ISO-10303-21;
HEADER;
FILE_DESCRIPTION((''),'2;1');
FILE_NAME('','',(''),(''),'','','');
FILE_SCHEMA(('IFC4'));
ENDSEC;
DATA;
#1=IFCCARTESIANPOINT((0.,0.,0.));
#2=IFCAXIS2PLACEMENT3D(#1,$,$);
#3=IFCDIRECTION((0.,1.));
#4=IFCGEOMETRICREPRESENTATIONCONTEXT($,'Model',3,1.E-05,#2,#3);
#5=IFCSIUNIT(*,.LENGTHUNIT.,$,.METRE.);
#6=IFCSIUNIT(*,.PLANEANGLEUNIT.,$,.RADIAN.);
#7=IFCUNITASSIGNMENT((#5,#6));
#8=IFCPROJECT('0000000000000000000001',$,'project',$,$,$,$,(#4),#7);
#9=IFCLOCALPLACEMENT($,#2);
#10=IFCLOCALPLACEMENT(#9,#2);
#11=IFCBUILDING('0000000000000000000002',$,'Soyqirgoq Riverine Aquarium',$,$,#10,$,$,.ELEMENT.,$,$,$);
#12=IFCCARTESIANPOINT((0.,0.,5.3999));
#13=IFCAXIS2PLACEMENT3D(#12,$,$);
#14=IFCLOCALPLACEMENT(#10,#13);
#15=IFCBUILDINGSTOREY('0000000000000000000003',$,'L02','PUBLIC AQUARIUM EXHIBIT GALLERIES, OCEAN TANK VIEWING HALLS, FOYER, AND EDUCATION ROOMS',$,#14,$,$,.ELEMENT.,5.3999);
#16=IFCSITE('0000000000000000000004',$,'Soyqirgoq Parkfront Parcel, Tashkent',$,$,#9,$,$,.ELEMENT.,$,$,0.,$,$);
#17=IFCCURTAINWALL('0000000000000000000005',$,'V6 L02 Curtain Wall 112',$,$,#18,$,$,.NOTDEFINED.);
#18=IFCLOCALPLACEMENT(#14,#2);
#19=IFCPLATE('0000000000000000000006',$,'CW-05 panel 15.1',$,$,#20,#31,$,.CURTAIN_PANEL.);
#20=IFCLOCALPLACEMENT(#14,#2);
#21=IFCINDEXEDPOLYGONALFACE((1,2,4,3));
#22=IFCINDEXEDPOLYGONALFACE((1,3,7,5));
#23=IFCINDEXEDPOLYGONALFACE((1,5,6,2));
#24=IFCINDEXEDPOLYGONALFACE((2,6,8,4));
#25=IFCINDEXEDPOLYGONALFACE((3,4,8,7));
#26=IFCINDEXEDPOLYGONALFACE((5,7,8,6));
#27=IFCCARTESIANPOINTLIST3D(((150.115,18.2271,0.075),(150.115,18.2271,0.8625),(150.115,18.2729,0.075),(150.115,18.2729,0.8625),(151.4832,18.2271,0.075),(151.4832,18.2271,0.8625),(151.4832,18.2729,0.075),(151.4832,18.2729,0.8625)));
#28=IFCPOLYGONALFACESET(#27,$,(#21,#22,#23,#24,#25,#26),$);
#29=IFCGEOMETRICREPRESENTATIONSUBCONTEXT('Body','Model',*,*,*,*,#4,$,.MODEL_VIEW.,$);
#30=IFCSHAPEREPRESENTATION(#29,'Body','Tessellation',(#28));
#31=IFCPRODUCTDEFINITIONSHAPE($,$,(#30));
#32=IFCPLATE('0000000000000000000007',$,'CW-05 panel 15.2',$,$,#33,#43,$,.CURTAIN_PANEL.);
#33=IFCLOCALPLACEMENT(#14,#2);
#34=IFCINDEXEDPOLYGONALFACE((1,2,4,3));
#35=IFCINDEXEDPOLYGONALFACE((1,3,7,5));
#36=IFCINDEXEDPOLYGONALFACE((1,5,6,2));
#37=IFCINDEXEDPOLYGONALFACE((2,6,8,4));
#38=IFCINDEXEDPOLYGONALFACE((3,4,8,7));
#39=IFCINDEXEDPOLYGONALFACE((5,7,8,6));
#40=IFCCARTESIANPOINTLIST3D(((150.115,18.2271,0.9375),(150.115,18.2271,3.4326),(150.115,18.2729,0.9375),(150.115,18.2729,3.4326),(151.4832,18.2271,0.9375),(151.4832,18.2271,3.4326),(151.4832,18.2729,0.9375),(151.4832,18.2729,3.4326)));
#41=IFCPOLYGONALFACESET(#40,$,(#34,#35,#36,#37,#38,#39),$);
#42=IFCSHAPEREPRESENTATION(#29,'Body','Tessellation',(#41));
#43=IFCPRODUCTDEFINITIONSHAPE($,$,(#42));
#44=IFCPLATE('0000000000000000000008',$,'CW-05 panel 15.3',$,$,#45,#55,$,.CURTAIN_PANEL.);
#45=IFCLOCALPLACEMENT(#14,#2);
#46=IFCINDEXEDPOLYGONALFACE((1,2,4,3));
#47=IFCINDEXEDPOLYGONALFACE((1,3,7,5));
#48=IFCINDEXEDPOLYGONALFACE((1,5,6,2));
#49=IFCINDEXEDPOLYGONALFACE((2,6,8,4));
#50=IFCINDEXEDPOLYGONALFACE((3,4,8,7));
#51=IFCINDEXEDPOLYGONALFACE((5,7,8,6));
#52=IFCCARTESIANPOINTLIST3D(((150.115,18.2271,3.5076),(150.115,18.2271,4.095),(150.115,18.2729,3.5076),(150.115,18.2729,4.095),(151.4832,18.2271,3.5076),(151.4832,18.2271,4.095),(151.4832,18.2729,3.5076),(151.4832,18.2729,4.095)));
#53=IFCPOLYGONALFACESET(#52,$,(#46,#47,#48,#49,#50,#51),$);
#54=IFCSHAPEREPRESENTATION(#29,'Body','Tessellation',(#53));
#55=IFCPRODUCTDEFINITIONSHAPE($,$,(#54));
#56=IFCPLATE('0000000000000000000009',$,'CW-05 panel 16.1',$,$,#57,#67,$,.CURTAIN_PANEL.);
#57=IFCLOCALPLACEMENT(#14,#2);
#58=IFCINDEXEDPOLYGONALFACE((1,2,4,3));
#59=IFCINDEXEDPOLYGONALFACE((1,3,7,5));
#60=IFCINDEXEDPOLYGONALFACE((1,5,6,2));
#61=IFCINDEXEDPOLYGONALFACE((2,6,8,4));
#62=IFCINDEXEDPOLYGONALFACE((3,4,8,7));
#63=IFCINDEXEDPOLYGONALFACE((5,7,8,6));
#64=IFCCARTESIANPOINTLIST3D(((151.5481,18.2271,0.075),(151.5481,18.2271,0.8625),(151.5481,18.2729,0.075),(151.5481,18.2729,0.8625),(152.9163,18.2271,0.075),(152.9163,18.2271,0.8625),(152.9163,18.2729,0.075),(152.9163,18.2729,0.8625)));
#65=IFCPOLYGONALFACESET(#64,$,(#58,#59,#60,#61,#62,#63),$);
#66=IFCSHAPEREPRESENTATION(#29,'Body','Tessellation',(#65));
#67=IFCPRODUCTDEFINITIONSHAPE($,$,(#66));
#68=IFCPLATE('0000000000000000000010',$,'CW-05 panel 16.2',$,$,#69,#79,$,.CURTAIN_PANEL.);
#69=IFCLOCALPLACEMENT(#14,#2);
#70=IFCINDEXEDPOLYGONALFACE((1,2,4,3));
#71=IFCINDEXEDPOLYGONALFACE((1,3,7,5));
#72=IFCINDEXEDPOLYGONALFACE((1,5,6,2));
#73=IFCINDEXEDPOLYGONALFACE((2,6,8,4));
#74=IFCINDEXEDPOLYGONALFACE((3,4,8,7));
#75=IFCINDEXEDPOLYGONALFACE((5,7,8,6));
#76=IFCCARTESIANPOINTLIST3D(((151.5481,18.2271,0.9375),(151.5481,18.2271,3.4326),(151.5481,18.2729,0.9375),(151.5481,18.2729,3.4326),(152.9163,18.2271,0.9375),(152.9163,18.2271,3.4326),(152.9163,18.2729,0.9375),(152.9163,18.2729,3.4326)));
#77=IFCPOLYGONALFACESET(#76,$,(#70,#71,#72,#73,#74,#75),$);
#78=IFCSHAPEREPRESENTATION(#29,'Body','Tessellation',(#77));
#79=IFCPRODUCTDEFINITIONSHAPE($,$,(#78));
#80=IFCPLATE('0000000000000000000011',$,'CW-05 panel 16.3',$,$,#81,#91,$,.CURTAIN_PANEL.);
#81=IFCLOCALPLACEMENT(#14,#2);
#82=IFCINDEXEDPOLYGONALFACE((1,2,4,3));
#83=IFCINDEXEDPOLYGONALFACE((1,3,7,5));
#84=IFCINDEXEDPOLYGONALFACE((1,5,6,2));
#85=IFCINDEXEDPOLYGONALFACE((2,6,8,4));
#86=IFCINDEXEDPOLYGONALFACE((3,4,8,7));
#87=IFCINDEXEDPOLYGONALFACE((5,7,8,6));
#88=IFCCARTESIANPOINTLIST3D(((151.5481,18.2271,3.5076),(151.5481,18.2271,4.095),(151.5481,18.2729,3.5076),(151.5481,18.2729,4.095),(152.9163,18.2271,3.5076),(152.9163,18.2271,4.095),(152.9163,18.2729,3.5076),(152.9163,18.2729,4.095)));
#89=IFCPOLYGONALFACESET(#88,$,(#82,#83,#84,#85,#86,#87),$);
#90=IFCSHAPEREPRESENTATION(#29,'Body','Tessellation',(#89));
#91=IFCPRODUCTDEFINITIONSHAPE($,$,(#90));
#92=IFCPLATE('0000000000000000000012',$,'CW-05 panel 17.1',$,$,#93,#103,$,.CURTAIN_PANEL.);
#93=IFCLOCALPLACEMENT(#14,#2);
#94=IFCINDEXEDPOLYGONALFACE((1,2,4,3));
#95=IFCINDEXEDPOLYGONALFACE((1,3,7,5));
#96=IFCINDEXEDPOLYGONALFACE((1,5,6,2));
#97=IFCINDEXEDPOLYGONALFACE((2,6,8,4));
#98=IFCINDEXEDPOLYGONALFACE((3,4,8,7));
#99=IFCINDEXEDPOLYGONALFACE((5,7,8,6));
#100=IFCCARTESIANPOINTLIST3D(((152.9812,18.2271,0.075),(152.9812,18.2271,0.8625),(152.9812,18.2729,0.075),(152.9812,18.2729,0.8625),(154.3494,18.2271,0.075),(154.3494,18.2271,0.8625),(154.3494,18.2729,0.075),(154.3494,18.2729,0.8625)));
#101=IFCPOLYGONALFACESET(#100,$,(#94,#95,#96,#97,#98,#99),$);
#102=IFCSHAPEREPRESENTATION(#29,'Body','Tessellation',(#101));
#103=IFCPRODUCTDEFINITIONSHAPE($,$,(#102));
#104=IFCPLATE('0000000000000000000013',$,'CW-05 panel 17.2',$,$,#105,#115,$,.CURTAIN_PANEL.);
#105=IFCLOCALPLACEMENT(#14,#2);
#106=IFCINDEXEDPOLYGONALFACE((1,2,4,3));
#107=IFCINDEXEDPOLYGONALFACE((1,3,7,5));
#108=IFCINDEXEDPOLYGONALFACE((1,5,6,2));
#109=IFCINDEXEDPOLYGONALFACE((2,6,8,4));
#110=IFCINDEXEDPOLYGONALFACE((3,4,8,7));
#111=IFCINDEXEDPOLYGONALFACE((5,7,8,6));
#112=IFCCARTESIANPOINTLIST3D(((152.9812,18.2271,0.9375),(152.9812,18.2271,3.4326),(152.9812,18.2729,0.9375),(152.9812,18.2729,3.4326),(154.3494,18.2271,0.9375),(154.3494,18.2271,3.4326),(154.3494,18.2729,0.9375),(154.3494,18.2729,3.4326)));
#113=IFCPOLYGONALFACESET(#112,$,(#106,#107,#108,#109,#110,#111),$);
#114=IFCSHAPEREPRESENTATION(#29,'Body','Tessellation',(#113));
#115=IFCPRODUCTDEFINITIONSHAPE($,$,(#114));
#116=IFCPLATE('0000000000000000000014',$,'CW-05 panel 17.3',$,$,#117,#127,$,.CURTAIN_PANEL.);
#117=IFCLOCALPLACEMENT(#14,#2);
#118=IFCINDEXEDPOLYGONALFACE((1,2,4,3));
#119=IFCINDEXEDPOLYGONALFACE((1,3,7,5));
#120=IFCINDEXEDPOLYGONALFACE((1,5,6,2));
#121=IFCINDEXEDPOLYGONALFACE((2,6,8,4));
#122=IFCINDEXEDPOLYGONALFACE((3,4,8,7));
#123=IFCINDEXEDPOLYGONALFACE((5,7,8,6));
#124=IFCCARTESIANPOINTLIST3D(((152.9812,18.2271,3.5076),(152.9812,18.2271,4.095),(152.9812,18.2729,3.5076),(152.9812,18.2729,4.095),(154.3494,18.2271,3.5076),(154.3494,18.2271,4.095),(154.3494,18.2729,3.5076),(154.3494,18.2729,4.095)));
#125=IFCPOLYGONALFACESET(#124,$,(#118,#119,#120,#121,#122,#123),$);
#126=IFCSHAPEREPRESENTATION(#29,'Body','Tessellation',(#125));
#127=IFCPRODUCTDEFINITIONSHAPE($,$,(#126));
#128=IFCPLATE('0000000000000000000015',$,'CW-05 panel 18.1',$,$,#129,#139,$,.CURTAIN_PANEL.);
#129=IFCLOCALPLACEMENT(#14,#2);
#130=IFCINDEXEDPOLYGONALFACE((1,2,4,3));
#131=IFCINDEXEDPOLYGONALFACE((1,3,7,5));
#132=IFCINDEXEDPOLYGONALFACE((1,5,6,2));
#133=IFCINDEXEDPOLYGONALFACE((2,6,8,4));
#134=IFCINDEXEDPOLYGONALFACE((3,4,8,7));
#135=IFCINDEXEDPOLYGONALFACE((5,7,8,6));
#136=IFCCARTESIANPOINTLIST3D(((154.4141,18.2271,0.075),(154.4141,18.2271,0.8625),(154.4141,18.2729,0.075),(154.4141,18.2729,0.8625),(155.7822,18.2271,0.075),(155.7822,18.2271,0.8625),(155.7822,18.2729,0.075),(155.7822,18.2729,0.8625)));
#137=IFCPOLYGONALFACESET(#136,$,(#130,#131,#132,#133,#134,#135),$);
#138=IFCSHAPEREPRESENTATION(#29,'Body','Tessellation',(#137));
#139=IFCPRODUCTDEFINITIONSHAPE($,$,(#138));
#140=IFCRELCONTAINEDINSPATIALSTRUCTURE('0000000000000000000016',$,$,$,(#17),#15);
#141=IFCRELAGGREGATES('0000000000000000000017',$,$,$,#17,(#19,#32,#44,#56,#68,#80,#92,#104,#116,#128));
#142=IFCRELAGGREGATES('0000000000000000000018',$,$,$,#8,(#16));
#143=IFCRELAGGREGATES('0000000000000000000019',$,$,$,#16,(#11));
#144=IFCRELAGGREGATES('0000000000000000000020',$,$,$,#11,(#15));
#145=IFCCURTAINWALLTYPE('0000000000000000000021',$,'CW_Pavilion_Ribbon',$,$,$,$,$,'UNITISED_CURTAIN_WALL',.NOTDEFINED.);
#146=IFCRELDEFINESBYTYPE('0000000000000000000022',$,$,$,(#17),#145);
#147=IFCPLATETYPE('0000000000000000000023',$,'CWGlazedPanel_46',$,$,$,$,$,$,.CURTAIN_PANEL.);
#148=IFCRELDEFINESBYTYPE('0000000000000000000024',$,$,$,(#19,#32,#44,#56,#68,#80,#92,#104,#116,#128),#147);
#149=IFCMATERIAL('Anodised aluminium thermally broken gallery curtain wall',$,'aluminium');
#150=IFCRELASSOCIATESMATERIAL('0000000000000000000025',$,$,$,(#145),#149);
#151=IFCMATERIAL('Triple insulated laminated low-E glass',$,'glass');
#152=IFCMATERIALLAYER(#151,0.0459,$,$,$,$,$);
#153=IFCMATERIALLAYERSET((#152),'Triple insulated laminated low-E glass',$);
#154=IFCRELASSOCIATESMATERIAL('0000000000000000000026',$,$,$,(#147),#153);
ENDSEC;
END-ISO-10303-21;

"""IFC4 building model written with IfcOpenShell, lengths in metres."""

from ifc_helpers import new_model, si_unit, direction, frame, origin, origin_2d, place, context, subcontext, project, spatial, rectangle, extrude, material, layer, layer_set, type_object, element, aggregate, save


model = new_model("IFC4")

# Units and contexts
model_context = context("Model", 3, precision=1e-05, world=origin(), true_north=direction((0.0, 1.0)))
body_context = subcontext(model_context, "Body", "Model", "MODEL_VIEW")
ifc_project = project(units=[si_unit("LENGTHUNIT", "METRE"), si_unit("PLANEANGLEUNIT", "RADIAN")], contexts=[model_context])

# Site, building, storey
site_placement = place(None, origin())
site = spatial("IfcSite", under=ifc_project, at=site_placement, Name="Soyqirgoq Parkfront Parcel, Tashkent", CompositionType="ELEMENT", RefElevation=0.0)
building_placement = place(site_placement, origin())
building = spatial("IfcBuilding", under=site, at=building_placement, Name="Soyqirgoq Riverine Aquarium", CompositionType="ELEMENT")
storey_placement = place(building_placement, frame((0.0, 0.0, 5.3999)))
storey = spatial("IfcBuildingStorey", under=building, at=storey_placement, Name="L02", Description="PUBLIC AQUARIUM EXHIBIT GALLERIES, OCEAN TANK VIEWING HALLS, FOYER, AND EDUCATION ROOMS", CompositionType="ELEMENT", Elevation=5.3999)

# Curtain wall, plates
ifc_material_1 = material(Name="Anodised aluminium thermally broken gallery curtain wall", Category="aluminium")
curtain_wall_type = type_object("IfcCurtainWallType", Name="CW_Pavilion_Ribbon", ElementType="UNITISED_CURTAIN_WALL", PredefinedType="NOTDEFINED", material=ifc_material_1)
curtain_wall_placement = place(storey_placement, origin())
curtain_wall = element("IfcCurtainWall", 1, at=curtain_wall_placement, inside=storey, type_object=curtain_wall_type, Name="V6 L02 Curtain Wall 112", PredefinedType="NOTDEFINED")
ifc_material_2 = material(Name="Triple insulated laminated low-E glass", Category="glass")
ifc_layer = layer(ifc_material_2, 0.0459)
ifc_layer_set = layer_set([ifc_layer], Name="Triple insulated laminated low-E glass")
plate_type = type_object("IfcPlateType", Name="CWGlazedPanel_46", PredefinedType="CURTAIN_PANEL", material=ifc_layer_set)
plate_1_placement = place(storey_placement, frame((150.7991, 18.25, 0.075), z_axis=(0.0, 0.0, 1.0), x_axis=(1.0, 0.0, 0.0)))
plate_1 = element("IfcPlate", 2, at=plate_1_placement, type_object=plate_type, Name="CW-05 panel 15.1", PredefinedType="CURTAIN_PANEL", context=body_context, shape_type="SweptSolid", body=[
    extrude(rectangle(XDim=1.3682, YDim=0.0459, at=origin_2d()), origin(), (0.0, 0.0, 1.0), 0.7876),
])
plate_2_placement = place(storey_placement, frame((150.7991, 18.25, 0.9375), z_axis=(0.0, 0.0, 1.0), x_axis=(1.0, 0.0, 0.0)))
plate_2 = element("IfcPlate", 3, at=plate_2_placement, type_object=plate_type, Name="CW-05 panel 15.2", PredefinedType="CURTAIN_PANEL", context=body_context, shape_type="SweptSolid", body=[
    extrude(rectangle(XDim=1.3682, YDim=0.0459, at=origin_2d()), origin(), (0.0, 0.0, 1.0), 2.4951),
])
plate_3_placement = place(storey_placement, frame((150.7991, 18.25, 3.5076), z_axis=(0.0, 0.0, 1.0), x_axis=(1.0, 0.0, 0.0)))
plate_3 = element("IfcPlate", 4, at=plate_3_placement, type_object=plate_type, Name="CW-05 panel 15.3", PredefinedType="CURTAIN_PANEL", context=body_context, shape_type="SweptSolid", body=[
    extrude(rectangle(XDim=1.3682, YDim=0.0459, at=origin_2d()), origin(), (0.0, 0.0, 1.0), 0.5874),
])
plate_4_placement = place(storey_placement, frame((152.2322, 18.25, 0.075), z_axis=(0.0, 0.0, 1.0), x_axis=(1.0, 0.0, 0.0)))
plate_4 = element("IfcPlate", 5, at=plate_4_placement, type_object=plate_type, Name="CW-05 panel 16.1", PredefinedType="CURTAIN_PANEL", context=body_context, shape_type="SweptSolid", body=[
    extrude(rectangle(XDim=1.3682, YDim=0.0459, at=origin_2d()), origin(), (0.0, 0.0, 1.0), 0.7876),
])
plate_5_placement = place(storey_placement, frame((152.2322, 18.25, 0.9375), z_axis=(0.0, 0.0, 1.0), x_axis=(1.0, 0.0, 0.0)))
plate_5 = element("IfcPlate", 6, at=plate_5_placement, type_object=plate_type, Name="CW-05 panel 16.2", PredefinedType="CURTAIN_PANEL", context=body_context, shape_type="SweptSolid", body=[
    extrude(rectangle(XDim=1.3682, YDim=0.0459, at=origin_2d()), origin(), (0.0, 0.0, 1.0), 2.4951),
])
plate_6_placement = place(storey_placement, frame((152.2322, 18.25, 3.5076), z_axis=(0.0, 0.0, 1.0), x_axis=(1.0, 0.0, 0.0)))
plate_6 = element("IfcPlate", 7, at=plate_6_placement, type_object=plate_type, Name="CW-05 panel 16.3", PredefinedType="CURTAIN_PANEL", context=body_context, shape_type="SweptSolid", body=[
    extrude(rectangle(XDim=1.3682, YDim=0.0459, at=origin_2d()), origin(), (0.0, 0.0, 1.0), 0.5874),
])
plate_7_placement = place(storey_placement, frame((153.6653, 18.25, 0.075), z_axis=(0.0, 0.0, 1.0), x_axis=(1.0, 0.0, 0.0)))
plate_7 = element("IfcPlate", 8, at=plate_7_placement, type_object=plate_type, Name="CW-05 panel 17.1", PredefinedType="CURTAIN_PANEL", context=body_context, shape_type="SweptSolid", body=[
    extrude(rectangle(XDim=1.3682, YDim=0.0459, at=origin_2d()), origin(), (0.0, 0.0, 1.0), 0.7876),
])
plate_8_placement = place(storey_placement, frame((153.6653, 18.25, 0.9375), z_axis=(0.0, 0.0, 1.0), x_axis=(1.0, 0.0, 0.0)))
plate_8 = element("IfcPlate", 9, at=plate_8_placement, type_object=plate_type, Name="CW-05 panel 17.2", PredefinedType="CURTAIN_PANEL", context=body_context, shape_type="SweptSolid", body=[
    extrude(rectangle(XDim=1.3682, YDim=0.0459, at=origin_2d()), origin(), (0.0, 0.0, 1.0), 2.4951),
])
plate_9_placement = place(storey_placement, frame((153.6653, 18.25, 3.5076), z_axis=(0.0, 0.0, 1.0), x_axis=(1.0, 0.0, 0.0)))
plate_9 = element("IfcPlate", 10, at=plate_9_placement, type_object=plate_type, Name="CW-05 panel 17.3", PredefinedType="CURTAIN_PANEL", context=body_context, shape_type="SweptSolid", body=[
    extrude(rectangle(XDim=1.3682, YDim=0.0459, at=origin_2d()), origin(), (0.0, 0.0, 1.0), 0.5874),
])
plate_10_placement = place(storey_placement, frame((155.0981, 18.25, 0.075), z_axis=(0.0, 0.0, 1.0), x_axis=(1.0, 0.0, 0.0)))
plate_10 = element("IfcPlate", 11, at=plate_10_placement, type_object=plate_type, Name="CW-05 panel 18.1", PredefinedType="CURTAIN_PANEL", context=body_context, shape_type="SweptSolid", body=[
    extrude(rectangle(XDim=1.3682, YDim=0.0459, at=origin_2d()), origin(), (0.0, 0.0, 1.0), 0.7876),
])
aggregate(curtain_wall, [plate_1, plate_2, plate_3, plate_4, plate_5, plate_6, plate_7, plate_8, plate_9, plate_10])

save(model, "model.ifc")
